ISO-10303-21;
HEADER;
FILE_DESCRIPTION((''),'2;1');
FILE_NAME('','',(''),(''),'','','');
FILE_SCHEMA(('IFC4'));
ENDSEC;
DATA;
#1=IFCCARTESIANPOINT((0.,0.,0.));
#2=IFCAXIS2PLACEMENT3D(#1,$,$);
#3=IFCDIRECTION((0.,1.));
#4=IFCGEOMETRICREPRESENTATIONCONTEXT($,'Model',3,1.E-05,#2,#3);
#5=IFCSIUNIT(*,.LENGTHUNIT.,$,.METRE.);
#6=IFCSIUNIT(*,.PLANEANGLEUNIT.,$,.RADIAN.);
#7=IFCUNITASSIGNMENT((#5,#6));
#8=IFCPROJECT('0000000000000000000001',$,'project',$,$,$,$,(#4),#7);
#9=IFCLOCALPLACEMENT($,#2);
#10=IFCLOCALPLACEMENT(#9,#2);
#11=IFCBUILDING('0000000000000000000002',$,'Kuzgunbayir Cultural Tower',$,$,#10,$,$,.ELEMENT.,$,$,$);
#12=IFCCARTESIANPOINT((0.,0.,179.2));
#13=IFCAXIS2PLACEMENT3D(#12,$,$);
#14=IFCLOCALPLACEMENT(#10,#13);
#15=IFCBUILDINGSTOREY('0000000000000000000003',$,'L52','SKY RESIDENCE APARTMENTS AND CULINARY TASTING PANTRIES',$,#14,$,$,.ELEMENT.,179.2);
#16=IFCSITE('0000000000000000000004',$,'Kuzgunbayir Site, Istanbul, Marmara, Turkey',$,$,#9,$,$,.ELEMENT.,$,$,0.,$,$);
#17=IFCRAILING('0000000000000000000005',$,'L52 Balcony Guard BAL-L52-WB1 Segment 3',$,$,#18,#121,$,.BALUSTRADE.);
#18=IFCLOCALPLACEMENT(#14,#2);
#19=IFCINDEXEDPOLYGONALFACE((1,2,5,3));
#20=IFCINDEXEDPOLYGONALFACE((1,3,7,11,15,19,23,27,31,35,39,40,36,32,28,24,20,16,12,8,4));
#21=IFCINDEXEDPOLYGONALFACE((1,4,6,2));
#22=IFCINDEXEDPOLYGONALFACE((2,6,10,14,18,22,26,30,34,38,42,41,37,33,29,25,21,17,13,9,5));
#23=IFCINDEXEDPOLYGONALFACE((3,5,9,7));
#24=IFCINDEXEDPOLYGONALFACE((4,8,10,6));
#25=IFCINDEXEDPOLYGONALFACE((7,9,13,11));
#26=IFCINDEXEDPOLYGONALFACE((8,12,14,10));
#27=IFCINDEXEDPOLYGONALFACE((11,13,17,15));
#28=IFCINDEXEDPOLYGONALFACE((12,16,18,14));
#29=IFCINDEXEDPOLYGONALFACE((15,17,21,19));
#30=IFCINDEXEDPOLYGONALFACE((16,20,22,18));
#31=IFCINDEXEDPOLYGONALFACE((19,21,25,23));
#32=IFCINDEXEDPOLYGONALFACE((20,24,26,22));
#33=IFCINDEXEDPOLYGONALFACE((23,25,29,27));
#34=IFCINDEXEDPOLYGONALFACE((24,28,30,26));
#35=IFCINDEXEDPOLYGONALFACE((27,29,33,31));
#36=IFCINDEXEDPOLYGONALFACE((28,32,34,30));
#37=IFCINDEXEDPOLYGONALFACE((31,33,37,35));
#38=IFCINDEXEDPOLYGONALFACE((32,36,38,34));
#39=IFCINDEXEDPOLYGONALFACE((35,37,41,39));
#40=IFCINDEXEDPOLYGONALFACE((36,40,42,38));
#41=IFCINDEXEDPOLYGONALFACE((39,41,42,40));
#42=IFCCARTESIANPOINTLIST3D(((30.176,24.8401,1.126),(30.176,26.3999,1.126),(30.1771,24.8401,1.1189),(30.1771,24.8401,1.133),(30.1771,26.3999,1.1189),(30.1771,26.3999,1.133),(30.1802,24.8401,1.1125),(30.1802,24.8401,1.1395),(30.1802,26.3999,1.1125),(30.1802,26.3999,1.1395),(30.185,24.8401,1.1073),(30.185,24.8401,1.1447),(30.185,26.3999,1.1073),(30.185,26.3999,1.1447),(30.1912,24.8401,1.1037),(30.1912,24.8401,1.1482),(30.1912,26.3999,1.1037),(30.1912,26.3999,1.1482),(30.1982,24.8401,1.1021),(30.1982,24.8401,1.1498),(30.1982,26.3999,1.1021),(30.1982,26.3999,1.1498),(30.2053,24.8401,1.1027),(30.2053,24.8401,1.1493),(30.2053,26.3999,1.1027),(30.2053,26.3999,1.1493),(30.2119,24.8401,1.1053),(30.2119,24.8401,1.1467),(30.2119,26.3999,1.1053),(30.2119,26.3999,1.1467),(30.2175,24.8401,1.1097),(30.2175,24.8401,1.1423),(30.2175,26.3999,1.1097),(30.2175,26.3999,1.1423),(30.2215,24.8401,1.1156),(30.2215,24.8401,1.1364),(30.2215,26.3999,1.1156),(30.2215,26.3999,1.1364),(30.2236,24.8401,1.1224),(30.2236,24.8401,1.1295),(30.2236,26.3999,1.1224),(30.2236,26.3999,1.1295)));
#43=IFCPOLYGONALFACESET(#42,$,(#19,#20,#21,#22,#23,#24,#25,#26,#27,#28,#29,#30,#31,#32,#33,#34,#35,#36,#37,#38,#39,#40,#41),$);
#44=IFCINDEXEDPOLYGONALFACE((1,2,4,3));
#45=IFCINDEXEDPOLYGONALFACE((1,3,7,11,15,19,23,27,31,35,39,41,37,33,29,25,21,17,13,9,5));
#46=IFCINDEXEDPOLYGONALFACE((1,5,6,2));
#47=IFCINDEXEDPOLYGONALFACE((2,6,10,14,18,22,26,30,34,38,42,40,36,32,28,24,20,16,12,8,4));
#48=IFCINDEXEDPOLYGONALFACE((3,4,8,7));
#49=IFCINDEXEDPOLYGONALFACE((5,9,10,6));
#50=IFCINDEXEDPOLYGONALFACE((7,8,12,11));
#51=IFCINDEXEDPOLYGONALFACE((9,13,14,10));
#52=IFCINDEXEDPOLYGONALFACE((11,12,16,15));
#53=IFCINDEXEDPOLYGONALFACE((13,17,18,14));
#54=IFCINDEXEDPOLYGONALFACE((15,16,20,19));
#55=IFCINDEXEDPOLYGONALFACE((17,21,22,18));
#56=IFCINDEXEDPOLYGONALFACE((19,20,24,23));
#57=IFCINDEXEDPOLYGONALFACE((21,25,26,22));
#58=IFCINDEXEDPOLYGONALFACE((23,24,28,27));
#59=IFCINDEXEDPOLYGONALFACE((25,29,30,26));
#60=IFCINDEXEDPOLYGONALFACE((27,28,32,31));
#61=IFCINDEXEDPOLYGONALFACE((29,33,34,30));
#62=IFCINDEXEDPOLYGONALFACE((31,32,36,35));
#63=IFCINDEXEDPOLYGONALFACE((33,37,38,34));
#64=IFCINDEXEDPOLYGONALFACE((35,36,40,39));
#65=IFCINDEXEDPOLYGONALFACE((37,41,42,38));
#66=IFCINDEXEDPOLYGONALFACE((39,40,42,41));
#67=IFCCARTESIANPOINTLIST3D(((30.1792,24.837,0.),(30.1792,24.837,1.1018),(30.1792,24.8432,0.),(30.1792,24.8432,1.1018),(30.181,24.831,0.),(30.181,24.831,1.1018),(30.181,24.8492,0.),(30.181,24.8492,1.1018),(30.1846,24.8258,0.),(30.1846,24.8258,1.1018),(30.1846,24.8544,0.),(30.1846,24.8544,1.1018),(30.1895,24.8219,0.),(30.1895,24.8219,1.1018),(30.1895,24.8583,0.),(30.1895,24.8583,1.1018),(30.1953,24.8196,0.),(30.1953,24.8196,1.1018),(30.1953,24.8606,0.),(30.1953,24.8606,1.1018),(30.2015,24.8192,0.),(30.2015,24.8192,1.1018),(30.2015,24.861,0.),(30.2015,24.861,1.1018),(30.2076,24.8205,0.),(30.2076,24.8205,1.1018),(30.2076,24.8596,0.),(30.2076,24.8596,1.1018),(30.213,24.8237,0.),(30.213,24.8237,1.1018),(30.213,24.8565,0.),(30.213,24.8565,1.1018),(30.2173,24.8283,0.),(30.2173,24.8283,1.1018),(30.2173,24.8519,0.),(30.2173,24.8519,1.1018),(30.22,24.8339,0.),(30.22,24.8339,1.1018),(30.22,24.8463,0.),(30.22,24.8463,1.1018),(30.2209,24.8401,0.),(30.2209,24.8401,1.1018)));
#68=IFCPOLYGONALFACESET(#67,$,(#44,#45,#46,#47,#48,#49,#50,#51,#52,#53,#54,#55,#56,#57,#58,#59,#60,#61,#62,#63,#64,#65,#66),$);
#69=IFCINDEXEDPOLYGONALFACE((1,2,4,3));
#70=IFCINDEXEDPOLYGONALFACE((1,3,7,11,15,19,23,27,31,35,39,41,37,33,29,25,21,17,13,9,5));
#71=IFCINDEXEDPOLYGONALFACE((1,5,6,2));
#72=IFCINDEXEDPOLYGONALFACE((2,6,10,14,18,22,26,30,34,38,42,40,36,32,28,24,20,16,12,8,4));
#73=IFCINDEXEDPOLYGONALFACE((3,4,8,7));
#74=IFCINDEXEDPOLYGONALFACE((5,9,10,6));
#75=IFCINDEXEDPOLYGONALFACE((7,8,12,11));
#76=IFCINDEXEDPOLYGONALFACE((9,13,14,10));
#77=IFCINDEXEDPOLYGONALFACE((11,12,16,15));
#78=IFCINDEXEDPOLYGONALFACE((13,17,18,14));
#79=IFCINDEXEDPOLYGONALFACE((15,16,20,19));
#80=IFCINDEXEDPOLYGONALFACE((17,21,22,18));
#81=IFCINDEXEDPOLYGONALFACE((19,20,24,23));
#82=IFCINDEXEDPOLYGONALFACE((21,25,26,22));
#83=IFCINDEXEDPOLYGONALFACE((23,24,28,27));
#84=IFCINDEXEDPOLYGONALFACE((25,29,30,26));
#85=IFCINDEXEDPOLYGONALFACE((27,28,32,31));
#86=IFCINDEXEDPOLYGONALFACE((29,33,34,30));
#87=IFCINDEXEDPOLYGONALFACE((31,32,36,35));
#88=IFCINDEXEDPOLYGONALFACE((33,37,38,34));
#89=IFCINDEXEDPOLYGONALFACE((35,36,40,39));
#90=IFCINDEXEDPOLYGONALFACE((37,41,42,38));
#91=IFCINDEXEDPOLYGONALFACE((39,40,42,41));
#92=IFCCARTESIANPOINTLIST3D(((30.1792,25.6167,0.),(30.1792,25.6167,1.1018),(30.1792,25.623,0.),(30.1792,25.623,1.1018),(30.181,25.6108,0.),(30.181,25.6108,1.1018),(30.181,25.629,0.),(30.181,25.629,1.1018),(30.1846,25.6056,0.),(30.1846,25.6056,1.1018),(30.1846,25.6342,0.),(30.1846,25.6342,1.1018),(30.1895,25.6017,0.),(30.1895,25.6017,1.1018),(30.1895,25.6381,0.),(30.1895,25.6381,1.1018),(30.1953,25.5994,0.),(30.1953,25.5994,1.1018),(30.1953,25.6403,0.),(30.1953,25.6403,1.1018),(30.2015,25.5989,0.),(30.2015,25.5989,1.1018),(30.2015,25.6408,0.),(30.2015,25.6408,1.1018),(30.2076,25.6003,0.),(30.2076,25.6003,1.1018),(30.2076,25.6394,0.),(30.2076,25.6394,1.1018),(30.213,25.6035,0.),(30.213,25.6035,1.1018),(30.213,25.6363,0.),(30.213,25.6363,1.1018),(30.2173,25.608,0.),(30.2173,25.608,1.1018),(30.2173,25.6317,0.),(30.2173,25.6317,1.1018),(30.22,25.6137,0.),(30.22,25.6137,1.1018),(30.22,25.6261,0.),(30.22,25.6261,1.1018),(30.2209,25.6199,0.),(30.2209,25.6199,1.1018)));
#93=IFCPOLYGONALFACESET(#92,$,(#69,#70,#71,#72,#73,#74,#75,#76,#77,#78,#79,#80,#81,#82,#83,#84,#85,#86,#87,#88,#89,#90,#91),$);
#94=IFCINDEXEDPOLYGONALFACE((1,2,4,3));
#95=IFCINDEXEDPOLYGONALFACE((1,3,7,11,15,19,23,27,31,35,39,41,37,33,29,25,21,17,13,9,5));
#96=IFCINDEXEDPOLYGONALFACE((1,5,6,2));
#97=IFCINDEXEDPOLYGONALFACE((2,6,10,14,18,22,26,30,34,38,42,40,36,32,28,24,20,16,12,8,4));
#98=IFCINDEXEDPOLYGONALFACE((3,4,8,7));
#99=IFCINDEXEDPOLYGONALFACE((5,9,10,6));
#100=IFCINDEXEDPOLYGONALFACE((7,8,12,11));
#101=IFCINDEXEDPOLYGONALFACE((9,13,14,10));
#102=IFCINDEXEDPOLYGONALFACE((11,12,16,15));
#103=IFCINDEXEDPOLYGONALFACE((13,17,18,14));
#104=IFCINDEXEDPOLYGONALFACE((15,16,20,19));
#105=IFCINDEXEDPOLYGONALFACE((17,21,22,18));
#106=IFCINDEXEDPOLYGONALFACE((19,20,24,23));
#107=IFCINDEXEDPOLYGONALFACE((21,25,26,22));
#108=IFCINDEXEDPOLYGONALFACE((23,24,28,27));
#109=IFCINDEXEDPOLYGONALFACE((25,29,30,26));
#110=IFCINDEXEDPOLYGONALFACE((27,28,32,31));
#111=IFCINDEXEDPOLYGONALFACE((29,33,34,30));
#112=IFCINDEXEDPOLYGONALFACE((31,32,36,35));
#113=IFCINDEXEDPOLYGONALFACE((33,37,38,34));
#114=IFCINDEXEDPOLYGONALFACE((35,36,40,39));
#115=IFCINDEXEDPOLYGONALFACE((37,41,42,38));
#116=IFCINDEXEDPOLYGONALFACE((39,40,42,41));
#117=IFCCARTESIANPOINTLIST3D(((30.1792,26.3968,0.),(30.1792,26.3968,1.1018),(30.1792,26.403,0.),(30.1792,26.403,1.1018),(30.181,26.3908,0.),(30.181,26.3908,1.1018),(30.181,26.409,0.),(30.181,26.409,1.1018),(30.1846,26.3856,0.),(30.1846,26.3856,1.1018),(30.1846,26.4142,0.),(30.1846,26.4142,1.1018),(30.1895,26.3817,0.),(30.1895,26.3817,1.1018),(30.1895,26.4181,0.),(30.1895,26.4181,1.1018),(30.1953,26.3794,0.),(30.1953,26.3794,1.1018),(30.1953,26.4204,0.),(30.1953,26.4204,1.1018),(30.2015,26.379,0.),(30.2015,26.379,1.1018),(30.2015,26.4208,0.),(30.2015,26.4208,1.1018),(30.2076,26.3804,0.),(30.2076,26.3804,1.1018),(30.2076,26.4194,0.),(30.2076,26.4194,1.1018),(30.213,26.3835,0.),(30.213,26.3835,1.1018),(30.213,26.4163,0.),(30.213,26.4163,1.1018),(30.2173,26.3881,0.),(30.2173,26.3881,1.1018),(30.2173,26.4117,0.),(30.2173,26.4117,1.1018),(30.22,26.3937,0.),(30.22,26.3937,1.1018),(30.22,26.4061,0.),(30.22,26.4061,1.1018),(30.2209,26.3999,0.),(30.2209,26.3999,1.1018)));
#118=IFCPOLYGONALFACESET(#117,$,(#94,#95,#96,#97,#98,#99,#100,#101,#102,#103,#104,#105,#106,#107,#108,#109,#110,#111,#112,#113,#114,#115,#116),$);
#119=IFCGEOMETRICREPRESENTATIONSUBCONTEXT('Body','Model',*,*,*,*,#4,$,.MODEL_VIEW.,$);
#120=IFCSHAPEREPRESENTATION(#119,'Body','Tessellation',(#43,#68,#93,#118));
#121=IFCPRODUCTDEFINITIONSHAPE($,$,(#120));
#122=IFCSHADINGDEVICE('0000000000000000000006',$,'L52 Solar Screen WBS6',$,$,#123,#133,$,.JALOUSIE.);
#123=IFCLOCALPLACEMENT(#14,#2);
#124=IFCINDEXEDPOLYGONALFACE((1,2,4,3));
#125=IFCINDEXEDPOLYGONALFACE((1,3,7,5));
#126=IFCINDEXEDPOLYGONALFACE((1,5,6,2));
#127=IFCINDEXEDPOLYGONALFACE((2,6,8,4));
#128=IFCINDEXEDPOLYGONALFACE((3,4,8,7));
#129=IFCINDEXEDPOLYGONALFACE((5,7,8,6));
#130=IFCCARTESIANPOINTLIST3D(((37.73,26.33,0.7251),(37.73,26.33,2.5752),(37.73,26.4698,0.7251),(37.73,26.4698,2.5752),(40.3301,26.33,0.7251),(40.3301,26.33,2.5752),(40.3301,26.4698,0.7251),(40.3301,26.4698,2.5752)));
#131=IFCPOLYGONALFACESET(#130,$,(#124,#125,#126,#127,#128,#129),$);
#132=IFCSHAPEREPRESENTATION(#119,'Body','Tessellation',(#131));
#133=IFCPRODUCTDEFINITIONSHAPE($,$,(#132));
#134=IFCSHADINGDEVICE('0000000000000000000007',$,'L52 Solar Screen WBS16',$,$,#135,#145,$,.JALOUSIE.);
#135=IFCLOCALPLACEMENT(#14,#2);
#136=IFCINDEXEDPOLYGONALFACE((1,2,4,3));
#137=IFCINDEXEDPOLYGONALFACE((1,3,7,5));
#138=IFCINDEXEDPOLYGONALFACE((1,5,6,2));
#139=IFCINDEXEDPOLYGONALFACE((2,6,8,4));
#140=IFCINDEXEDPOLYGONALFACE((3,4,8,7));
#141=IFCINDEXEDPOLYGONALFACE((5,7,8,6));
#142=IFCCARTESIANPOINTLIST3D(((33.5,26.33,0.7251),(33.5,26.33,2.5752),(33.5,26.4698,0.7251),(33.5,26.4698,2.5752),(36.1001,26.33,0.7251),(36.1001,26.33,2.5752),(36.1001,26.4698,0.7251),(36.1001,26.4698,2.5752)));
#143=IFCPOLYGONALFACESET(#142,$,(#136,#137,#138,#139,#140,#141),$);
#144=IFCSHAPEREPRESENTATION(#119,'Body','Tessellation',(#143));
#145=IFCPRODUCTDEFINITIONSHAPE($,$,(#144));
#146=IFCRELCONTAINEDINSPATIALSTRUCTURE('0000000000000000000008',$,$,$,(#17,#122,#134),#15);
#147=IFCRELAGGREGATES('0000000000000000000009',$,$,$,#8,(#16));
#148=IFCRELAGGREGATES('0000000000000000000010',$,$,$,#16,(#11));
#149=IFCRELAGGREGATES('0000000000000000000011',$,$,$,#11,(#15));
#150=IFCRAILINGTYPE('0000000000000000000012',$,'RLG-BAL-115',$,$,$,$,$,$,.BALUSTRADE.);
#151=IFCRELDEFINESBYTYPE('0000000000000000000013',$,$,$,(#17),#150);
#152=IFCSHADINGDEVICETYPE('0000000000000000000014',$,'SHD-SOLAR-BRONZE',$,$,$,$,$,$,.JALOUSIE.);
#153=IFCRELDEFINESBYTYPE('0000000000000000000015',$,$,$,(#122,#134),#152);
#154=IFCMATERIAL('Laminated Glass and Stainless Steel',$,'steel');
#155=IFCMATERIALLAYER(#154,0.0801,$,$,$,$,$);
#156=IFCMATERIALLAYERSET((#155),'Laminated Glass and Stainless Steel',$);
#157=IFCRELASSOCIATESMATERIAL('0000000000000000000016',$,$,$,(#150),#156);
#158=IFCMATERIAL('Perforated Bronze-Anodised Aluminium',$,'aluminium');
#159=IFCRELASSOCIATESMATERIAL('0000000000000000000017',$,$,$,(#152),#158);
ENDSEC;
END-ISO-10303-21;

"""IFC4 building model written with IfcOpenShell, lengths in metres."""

from ifc_helpers import new_model, si_unit, direction, frame, origin, origin_2d, place, context, subcontext, project, spatial, rectangle, circle, extrude, material, layer, layer_set, type_object, element, save


model = new_model("IFC4")

# Units and contexts
model_context = context("Model", 3, precision=1e-05, world=origin(), true_north=direction((0.0, 1.0)))
body_context = subcontext(model_context, "Body", "Model", "MODEL_VIEW")
ifc_project = project(units=[si_unit("LENGTHUNIT", "METRE"), si_unit("PLANEANGLEUNIT", "RADIAN")], contexts=[model_context])

# Site, building, storey
site_placement = place(None, origin())
site = spatial("IfcSite", under=ifc_project, at=site_placement, Name="Kuzgunbayir Site, Istanbul, Marmara, Turkey", CompositionType="ELEMENT", RefElevation=0.0)
building_placement = place(site_placement, origin())
building = spatial("IfcBuilding", under=site, at=building_placement, Name="Kuzgunbayir Cultural Tower", CompositionType="ELEMENT")
storey_placement = place(building_placement, frame((0.0, 0.0, 179.2)))
storey = spatial("IfcBuildingStorey", under=building, at=storey_placement, Name="L52", Description="SKY RESIDENCE APARTMENTS AND CULINARY TASTING PANTRIES", CompositionType="ELEMENT", Elevation=179.2)

# Railing
ifc_material_1 = material(Name="Laminated Glass and Stainless Steel", Category="steel")
ifc_layer_1 = layer(ifc_material_1, 0.0801)
ifc_layer_set_1 = layer_set([ifc_layer_1], Name="Laminated Glass and Stainless Steel")
railing_type = type_object("IfcRailingType", Name="RLG-BAL-115", PredefinedType="BALUSTRADE", material=ifc_layer_set_1)
railing_1_placement = place(storey_placement, frame((30.2, 24.8401, 0.0)))
element("IfcRailing", 1, at=railing_1_placement, inside=storey, type_object=railing_type, Name="L52 Balcony Guard BAL-L52-WB1 Segment 3", PredefinedType="BALUSTRADE", context=body_context, shape_type="SweptSolid", body=[
    extrude(circle(Radius=0.0239, at=origin_2d()), frame((0.0, 0.0, 1.126), z_axis=(0.0, 1.0, 0.0), x_axis=(-1.0, 0.0, 0.0)), (0.0, 0.0, 1.0), 1.5598),
    extrude(circle(Radius=0.021, at=origin_2d()), origin(), (0.0, 0.0, 1.0), 1.1018),
    extrude(circle(Radius=0.021, at=origin_2d()), frame((0.0, 0.7798, 0.0)), (0.0, 0.0, 1.0), 1.1018),
    extrude(circle(Radius=0.021, at=origin_2d()), frame((0.0, 1.5598, 0.0)), (0.0, 0.0, 1.0), 1.1018),
])

# Shading devices
ifc_material_2 = material(Name="Perforated Bronze-Anodised Aluminium", Category="aluminium")
shading_device_type = type_object("IfcShadingDeviceType", Name="SHD-SOLAR-BRONZE", PredefinedType="JALOUSIE", material=ifc_material_2)
for number, where, z_axis, x_axis, name in (
    (2, (39.03, 26.3999, 0.7251), (0.0, 0.0, 1.0), (1.0, 0.0, 0.0), "L52 Solar Screen WBS6"),
    (3, (34.8, 26.3999, 0.7251), (0.0, 0.0, 1.0), (1.0, 0.0, 0.0), "L52 Solar Screen WBS16"),
):
    element("IfcShadingDevice", number, at=place(storey_placement, frame(where, z_axis=z_axis, x_axis=x_axis)), inside=storey, type_object=shading_device_type, Name=name, PredefinedType="JALOUSIE", context=body_context, shape_type="SweptSolid", body=[
        extrude(rectangle(XDim=2.6001, YDim=0.1399, at=origin_2d()), origin(), (0.0, 0.0, 1.0), 1.8501),
    ])

save(model, "model.ifc")
